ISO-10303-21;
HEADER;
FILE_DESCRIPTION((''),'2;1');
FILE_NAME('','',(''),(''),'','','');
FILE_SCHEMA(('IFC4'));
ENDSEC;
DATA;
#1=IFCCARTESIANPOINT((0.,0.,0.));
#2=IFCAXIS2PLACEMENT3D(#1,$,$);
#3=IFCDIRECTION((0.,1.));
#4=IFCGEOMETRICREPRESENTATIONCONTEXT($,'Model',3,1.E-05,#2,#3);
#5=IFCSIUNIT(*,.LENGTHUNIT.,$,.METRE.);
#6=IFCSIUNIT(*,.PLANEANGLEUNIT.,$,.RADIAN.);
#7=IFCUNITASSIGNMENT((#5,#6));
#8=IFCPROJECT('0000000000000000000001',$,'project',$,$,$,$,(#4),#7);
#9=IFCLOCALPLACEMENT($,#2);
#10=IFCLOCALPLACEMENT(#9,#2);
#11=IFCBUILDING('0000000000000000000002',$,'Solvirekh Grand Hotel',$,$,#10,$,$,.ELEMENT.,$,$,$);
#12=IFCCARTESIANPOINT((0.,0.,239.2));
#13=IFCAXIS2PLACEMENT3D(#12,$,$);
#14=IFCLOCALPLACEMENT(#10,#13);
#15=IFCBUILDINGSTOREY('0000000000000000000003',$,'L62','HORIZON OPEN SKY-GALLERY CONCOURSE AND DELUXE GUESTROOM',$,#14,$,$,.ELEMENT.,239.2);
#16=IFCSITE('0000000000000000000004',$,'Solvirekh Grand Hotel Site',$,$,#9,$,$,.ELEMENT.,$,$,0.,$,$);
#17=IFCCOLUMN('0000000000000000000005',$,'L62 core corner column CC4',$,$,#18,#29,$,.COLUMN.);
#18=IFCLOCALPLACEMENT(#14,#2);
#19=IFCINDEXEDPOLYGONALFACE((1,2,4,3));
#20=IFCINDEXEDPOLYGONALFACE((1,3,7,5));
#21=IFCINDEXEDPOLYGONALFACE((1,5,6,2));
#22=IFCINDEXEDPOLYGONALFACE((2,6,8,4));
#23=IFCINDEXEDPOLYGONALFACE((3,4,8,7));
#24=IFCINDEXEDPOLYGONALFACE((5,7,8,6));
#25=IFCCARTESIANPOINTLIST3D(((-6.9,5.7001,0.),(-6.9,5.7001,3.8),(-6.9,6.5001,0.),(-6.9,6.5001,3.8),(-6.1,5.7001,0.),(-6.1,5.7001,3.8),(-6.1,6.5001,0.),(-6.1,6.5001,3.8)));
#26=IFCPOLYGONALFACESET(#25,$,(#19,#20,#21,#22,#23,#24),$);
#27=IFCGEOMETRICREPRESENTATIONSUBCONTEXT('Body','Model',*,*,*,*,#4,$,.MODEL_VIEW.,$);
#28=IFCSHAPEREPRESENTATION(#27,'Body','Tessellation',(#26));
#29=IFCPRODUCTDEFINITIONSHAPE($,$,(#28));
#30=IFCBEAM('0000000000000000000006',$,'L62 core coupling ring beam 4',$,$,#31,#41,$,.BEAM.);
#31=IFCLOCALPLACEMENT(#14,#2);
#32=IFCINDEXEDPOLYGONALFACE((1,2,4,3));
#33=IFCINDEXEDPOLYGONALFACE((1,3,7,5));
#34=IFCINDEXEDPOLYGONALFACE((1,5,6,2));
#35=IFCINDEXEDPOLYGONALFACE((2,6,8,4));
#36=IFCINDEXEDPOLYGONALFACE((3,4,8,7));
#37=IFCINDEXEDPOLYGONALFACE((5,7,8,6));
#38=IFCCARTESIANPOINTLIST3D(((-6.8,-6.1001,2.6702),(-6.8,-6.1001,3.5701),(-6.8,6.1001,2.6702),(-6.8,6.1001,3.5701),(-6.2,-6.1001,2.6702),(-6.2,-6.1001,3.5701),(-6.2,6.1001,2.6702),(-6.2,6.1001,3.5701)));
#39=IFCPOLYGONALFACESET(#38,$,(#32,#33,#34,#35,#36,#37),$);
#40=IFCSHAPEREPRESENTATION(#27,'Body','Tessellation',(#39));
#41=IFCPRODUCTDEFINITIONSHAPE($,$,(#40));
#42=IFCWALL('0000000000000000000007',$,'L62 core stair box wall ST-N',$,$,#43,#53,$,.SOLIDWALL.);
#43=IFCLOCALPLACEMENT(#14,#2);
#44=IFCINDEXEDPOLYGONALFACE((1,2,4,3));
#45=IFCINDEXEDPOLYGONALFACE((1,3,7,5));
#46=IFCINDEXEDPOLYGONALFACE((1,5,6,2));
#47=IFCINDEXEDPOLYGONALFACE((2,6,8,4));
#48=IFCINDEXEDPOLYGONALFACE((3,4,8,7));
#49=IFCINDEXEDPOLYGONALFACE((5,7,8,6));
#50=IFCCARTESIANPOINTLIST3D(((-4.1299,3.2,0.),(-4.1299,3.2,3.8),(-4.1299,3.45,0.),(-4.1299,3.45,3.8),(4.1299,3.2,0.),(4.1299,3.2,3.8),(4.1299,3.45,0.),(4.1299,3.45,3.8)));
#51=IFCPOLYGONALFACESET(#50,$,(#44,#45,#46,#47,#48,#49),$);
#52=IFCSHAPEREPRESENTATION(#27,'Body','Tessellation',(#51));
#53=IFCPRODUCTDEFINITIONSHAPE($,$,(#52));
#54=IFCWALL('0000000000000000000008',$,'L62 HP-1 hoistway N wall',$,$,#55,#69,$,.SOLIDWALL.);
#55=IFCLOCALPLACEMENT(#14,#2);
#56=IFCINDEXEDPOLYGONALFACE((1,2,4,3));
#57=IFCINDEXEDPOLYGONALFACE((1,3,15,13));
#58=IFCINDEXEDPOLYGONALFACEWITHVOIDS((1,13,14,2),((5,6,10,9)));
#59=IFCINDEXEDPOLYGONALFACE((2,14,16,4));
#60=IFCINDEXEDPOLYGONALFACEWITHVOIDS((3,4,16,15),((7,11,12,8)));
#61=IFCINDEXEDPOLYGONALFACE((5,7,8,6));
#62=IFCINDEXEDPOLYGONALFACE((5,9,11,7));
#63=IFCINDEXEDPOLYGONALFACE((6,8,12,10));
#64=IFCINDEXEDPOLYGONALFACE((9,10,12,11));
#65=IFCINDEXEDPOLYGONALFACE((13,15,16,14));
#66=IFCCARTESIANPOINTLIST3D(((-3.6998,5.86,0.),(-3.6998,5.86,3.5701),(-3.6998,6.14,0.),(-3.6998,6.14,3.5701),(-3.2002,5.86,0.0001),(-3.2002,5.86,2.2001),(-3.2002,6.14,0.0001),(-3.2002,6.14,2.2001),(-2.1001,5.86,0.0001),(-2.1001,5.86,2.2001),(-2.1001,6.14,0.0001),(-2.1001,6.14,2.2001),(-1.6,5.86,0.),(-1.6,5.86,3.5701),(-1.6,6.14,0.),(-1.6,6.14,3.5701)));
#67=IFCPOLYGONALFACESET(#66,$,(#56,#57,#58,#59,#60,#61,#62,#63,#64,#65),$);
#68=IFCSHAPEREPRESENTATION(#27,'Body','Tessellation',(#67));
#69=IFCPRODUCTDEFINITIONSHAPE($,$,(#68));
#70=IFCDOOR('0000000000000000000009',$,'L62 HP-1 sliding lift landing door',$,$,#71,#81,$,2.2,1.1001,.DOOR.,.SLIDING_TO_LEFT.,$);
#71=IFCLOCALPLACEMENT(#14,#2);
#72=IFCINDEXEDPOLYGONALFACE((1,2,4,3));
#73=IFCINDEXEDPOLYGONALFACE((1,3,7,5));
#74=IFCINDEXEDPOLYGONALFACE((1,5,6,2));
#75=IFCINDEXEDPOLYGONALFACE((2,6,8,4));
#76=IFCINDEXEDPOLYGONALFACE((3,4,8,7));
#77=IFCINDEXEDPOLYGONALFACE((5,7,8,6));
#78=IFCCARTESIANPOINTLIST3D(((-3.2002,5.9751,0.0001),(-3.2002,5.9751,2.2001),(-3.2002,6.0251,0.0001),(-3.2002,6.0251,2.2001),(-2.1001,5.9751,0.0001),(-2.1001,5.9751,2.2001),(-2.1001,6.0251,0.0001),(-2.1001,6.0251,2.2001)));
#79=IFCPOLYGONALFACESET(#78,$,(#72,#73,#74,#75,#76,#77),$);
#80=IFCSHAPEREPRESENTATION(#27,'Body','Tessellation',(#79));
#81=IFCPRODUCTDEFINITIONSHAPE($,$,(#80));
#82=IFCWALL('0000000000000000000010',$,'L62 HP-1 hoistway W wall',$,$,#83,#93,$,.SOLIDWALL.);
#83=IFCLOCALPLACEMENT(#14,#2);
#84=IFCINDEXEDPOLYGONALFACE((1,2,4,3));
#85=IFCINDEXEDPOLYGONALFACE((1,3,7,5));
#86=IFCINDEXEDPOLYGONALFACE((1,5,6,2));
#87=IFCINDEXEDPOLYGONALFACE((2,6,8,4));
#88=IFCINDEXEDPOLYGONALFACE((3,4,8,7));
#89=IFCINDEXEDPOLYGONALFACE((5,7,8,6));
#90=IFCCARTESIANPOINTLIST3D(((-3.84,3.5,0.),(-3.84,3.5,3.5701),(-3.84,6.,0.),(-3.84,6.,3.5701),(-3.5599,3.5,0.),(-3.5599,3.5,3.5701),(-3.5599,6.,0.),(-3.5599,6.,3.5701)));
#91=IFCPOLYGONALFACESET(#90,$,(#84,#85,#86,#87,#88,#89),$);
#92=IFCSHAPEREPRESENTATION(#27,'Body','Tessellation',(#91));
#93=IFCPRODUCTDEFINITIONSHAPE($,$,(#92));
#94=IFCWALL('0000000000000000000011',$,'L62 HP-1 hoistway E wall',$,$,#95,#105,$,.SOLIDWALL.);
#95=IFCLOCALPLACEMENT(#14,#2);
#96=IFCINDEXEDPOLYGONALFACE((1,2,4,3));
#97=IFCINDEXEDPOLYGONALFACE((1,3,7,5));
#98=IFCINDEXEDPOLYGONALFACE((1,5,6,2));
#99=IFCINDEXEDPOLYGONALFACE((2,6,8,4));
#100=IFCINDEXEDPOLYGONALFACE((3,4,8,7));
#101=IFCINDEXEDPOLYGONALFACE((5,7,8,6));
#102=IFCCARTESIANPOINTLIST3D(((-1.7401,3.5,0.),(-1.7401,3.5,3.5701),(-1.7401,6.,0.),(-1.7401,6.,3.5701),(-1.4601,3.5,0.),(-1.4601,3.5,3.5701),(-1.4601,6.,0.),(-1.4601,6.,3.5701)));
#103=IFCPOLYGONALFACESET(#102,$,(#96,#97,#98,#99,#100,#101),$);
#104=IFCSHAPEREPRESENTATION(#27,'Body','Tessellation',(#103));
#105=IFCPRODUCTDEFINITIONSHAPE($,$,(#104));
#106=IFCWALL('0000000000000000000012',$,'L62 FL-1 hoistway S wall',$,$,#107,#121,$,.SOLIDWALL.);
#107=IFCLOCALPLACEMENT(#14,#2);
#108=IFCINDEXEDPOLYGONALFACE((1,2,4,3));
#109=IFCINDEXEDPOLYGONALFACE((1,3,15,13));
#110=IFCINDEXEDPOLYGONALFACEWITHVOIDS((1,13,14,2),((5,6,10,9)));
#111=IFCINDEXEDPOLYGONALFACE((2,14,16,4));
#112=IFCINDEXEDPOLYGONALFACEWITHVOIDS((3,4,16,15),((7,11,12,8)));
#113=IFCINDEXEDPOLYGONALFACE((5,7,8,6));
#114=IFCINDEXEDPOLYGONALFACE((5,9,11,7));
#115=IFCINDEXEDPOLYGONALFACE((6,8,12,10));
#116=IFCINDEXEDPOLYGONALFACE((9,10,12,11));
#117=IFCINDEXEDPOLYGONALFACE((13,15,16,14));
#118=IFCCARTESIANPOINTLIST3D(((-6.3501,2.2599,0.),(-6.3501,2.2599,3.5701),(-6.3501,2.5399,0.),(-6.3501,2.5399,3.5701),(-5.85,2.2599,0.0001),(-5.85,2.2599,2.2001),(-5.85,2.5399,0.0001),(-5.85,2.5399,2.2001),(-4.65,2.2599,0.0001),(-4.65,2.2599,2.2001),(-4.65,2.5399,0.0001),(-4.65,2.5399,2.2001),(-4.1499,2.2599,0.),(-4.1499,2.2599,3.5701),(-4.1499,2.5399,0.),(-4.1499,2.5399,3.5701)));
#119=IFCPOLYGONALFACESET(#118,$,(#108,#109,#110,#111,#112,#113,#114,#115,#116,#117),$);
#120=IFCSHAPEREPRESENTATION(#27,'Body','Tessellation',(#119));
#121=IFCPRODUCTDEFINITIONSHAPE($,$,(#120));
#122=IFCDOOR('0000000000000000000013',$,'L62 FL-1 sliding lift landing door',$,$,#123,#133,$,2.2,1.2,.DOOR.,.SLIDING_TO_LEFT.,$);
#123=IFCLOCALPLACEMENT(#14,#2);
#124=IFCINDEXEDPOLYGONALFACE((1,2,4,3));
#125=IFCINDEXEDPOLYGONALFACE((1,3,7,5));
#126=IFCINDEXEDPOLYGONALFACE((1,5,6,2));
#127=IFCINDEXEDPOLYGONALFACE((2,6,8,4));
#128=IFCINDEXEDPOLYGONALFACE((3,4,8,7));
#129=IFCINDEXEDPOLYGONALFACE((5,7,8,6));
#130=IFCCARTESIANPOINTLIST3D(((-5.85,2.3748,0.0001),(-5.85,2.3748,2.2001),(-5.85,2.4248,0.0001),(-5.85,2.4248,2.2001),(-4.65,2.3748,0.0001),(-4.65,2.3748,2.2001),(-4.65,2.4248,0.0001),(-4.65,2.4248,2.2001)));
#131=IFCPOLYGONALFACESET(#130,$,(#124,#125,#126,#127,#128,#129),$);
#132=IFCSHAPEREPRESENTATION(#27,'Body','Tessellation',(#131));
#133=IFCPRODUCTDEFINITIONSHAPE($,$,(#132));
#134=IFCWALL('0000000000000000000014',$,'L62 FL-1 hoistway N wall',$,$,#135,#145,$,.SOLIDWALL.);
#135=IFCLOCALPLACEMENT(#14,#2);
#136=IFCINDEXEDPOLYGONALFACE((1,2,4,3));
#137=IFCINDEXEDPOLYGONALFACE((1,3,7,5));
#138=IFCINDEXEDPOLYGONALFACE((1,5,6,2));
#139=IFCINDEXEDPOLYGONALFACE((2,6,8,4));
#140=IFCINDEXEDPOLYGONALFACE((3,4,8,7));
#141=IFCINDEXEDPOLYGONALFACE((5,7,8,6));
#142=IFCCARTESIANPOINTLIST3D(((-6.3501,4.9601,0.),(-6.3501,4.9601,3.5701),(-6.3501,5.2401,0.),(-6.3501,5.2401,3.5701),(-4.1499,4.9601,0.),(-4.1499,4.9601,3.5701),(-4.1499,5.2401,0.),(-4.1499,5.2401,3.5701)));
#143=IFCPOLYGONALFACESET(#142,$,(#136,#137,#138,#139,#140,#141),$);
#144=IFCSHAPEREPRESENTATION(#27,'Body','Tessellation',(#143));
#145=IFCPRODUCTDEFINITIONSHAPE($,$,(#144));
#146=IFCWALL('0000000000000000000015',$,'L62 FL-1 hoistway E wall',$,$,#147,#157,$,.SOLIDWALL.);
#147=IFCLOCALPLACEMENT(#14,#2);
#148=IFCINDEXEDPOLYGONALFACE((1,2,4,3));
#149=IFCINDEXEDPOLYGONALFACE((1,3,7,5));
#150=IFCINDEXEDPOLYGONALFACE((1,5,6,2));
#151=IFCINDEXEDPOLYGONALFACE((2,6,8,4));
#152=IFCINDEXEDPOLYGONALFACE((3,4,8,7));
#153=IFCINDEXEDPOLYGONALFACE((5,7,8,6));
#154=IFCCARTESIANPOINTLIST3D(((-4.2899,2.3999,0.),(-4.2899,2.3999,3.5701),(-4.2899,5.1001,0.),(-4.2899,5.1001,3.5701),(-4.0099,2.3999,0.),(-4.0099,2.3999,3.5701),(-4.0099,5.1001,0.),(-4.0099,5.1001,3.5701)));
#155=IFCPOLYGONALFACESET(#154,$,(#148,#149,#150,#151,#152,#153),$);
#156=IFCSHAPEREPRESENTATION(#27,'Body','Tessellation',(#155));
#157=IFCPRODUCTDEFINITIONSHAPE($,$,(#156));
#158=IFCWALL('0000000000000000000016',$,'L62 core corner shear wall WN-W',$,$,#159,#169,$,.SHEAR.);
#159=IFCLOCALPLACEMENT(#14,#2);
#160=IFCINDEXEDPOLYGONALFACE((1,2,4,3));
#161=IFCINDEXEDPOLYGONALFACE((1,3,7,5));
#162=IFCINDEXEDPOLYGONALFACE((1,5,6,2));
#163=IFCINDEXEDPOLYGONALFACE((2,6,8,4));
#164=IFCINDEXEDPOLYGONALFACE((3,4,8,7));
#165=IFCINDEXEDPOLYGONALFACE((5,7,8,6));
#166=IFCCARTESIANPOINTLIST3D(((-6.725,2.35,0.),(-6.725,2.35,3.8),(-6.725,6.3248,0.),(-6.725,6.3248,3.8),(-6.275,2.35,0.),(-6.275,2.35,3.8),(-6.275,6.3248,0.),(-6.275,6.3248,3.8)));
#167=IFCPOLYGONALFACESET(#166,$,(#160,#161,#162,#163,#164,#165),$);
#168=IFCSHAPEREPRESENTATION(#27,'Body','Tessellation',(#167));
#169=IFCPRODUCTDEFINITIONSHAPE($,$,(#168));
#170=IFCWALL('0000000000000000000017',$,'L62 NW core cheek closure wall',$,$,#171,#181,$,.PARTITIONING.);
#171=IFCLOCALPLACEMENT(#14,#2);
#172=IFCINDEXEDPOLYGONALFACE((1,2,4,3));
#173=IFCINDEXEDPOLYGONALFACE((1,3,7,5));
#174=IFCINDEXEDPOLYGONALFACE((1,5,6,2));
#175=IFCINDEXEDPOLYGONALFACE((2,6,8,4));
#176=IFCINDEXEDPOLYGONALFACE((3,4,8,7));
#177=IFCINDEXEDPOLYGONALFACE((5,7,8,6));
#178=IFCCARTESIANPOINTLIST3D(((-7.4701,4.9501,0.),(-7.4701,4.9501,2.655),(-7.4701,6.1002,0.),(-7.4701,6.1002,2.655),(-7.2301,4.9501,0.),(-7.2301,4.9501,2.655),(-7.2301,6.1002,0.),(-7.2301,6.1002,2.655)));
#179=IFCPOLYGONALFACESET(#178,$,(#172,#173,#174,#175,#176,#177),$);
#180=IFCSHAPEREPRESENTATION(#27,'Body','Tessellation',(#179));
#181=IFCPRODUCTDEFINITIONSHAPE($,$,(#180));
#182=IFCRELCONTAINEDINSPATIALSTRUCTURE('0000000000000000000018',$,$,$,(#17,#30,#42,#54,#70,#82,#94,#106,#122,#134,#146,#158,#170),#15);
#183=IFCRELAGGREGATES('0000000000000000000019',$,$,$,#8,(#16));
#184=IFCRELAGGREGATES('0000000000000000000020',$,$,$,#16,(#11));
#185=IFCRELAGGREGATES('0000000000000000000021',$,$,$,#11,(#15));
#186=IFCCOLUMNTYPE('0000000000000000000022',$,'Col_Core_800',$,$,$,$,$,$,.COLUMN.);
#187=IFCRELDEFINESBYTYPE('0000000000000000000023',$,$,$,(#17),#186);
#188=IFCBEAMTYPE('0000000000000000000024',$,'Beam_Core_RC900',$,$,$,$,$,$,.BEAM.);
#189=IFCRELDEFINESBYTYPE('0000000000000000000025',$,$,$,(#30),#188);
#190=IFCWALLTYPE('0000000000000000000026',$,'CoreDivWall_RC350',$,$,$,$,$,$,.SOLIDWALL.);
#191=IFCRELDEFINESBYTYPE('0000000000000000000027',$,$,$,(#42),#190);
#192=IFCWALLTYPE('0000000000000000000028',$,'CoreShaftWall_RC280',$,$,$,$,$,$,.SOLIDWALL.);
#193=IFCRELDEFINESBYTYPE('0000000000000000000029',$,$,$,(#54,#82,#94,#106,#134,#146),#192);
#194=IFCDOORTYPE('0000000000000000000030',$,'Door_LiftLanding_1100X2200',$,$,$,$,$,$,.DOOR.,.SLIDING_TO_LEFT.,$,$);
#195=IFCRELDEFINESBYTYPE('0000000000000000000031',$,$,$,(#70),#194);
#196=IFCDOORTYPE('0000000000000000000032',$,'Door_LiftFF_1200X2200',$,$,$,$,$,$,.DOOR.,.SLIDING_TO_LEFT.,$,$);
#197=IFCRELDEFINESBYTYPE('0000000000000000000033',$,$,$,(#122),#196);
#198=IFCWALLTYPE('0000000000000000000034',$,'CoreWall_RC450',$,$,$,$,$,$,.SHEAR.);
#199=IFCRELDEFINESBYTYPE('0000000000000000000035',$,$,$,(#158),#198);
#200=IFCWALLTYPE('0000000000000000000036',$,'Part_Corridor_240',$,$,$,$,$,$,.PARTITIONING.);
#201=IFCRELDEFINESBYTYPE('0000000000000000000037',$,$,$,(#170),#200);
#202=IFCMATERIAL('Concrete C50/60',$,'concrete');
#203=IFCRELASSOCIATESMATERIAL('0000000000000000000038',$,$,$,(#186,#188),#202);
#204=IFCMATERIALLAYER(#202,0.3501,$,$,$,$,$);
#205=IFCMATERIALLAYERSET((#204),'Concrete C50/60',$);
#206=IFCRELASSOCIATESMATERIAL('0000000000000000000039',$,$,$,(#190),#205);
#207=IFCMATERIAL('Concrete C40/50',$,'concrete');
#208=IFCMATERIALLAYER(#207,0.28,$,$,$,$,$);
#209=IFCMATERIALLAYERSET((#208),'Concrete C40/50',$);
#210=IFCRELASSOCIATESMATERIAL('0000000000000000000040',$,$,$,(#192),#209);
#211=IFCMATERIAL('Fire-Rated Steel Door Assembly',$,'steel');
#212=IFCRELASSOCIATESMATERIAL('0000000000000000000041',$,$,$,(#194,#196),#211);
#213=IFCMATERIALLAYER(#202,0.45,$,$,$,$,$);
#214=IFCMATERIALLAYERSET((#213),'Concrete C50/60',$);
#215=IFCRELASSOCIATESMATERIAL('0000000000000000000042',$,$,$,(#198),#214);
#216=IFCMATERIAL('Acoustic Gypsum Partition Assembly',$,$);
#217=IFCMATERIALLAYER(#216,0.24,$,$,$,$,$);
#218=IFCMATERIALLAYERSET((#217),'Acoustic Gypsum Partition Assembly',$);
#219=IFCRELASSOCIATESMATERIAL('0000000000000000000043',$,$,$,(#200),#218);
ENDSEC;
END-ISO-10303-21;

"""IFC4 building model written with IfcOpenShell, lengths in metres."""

from ifc_helpers import new_model, si_unit, direction, frame, frame_2d, origin, origin_2d, place, context, subcontext, project, spatial, rectangle, extrude, material, layer, layer_set, material_profile, profile_set, type_object, element, fill, save


model = new_model("IFC4")

# Units and contexts
model_context = context("Model", 3, precision=1e-05, world=origin(), true_north=direction((0.0, 1.0)))
body_context = subcontext(model_context, "Body", "Model", "MODEL_VIEW")
ifc_project = project(units=[si_unit("LENGTHUNIT", "METRE"), si_unit("PLANEANGLEUNIT", "RADIAN")], contexts=[model_context])

# Site, building, storey
site_placement = place(None, origin())
site = spatial("IfcSite", under=ifc_project, at=site_placement, Name="Solvirekh Grand Hotel Site", CompositionType="ELEMENT", RefElevation=0.0)
building_placement = place(site_placement, origin())
building = spatial("IfcBuilding", under=site, at=building_placement, Name="Solvirekh Grand Hotel", CompositionType="ELEMENT")
storey_placement = place(building_placement, frame((0.0, 0.0, 239.2)))
storey = spatial("IfcBuildingStorey", under=building, at=storey_placement, Name="L62", Description="HORIZON OPEN SKY-GALLERY CONCOURSE AND DELUXE GUESTROOM", CompositionType="ELEMENT", Elevation=239.2)

# Column
ifc_material_1 = material(Name="Concrete C50/60", Category="concrete")
ifc_material_profile_1 = material_profile(ifc_material_1, rectangle(XDim=0.8, YDim=0.8, at=origin_2d()), Name="RC 800X800")
ifc_profile_set_1 = profile_set([ifc_material_profile_1], Name="Concrete C50/60")
column_type = type_object("IfcColumnType", Name="Col_Core_800", PredefinedType="COLUMN", material=ifc_profile_set_1)
column_placement = place(storey_placement, frame((-6.5, 6.1001, 0.0), z_axis=(0.0, 0.0, 1.0), x_axis=(1.0, 0.0, 0.0)))
element("IfcColumn", 1, at=column_placement, inside=storey, type_object=column_type, Name="L62 core corner column CC4", PredefinedType="COLUMN", context=body_context, shape_type="SweptSolid", body=[
    extrude(rectangle(XDim=0.8, YDim=0.8, at=origin_2d()), origin(), (0.0, 0.0, 1.0), 3.8),
])

# Beam
ifc_material_profile_2 = material_profile(ifc_material_1, rectangle(XDim=0.6001, YDim=0.8999, at=origin_2d()), Name="RC BEAM 600X900")
ifc_profile_set_2 = profile_set([ifc_material_profile_2], Name="Concrete C50/60")
beam_type = type_object("IfcBeamType", Name="Beam_Core_RC900", PredefinedType="BEAM", material=ifc_profile_set_2)
beam_placement = place(storey_placement, frame((-6.5, 6.1001, 3.1201), z_axis=(0.0, -1.0, 0.0), x_axis=(1.0, 0.0, 0.0)))
element("IfcBeam", 2, at=beam_placement, inside=storey, type_object=beam_type, Name="L62 core coupling ring beam 4", PredefinedType="BEAM", context=body_context, shape_type="SweptSolid", body=[
    extrude(rectangle(XDim=0.6001, YDim=0.8999, at=origin_2d()), origin(), (0.0, 0.0, 1.0), 12.2002),
])

# Wall
ifc_layer_1 = layer(ifc_material_1, 0.3501)
ifc_layer_set_1 = layer_set([ifc_layer_1], Name="Concrete C50/60")
wall_type_1 = type_object("IfcWallType", Name="CoreDivWall_RC350", PredefinedType="SOLIDWALL", material=ifc_layer_set_1)
wall_1_placement = place(storey_placement, frame((-4.1299, 3.325, 0.0), z_axis=(0.0, 0.0, 1.0), x_axis=(1.0, 0.0, 0.0)))
element("IfcWall", 3, at=wall_1_placement, inside=storey, type_object=wall_type_1, Name="L62 core stair box wall ST-N", PredefinedType="SOLIDWALL", context=body_context, shape_type="SweptSolid", body=[
    extrude(rectangle(XDim=8.2598, YDim=0.25, at=frame_2d((4.1299, 0.0))), origin(), (0.0, 0.0, 1.0), 3.8),
])

# Wall, opening, door
ifc_material_2 = material(Name="Concrete C40/50", Category="concrete")
ifc_layer_2 = layer(ifc_material_2, 0.28)
ifc_layer_set_2 = layer_set([ifc_layer_2], Name="Concrete C40/50")
wall_type_2 = type_object("IfcWallType", Name="CoreShaftWall_RC280", PredefinedType="SOLIDWALL", material=ifc_layer_set_2)
wall_2_placement = place(storey_placement, frame((-1.6001, 6.0, 0.0), z_axis=(0.0, 0.0, 1.0), x_axis=(-1.0, 0.0, 0.0)))
wall_2 = element("IfcWall", 4, at=wall_2_placement, inside=storey, type_object=wall_type_2, Name="L62 HP-1 hoistway N wall", PredefinedType="SOLIDWALL", context=body_context, shape_type="SweptSolid", body=[
    extrude(rectangle(XDim=2.0999, YDim=0.28, at=frame_2d((1.0498, 0.0))), origin(), (0.0, 0.0, 1.0), 3.5701),
])
opening_1_placement = place(wall_2_placement, frame((0.5, 0.0, 0.0)))
opening_1 = element("IfcOpeningElement", 5, at=opening_1_placement, cuts=wall_2, PredefinedType="OPENING", context=body_context, shape_type="SweptSolid", body=[
    extrude(rectangle(XDim=1.1001, YDim=2.2, at=frame_2d((0.55, 1.1001))), frame((0.0, 0.1499, 0.0), z_axis=(0.0, -1.0, 0.0), x_axis=(1.0, 0.0, 0.0)), (0.0, 0.0, 1.0), 0.3),
])
ifc_material_3 = material(Name="Fire-Rated Steel Door Assembly", Category="steel")
door_type_1 = type_object("IfcDoorType", Name="Door_LiftLanding_1100X2200", OperationType="SLIDING_TO_LEFT", PredefinedType="DOOR", material=ifc_material_3)
door_1_placement = place(opening_1_placement, origin())
door_1 = element("IfcDoor", 6, at=door_1_placement, inside=storey, type_object=door_type_1, Name="L62 HP-1 sliding lift landing door", OperationType="SLIDING_TO_LEFT", OverallHeight=2.2, OverallWidth=1.1001, PredefinedType="DOOR", context=body_context, shape_type="SweptSolid", body=[
    extrude(rectangle(XDim=1.1001, YDim=2.2, at=frame_2d((0.55, 1.1001))), frame((0.0, 0.0249, 0.0), z_axis=(0.0, -1.0, 0.0), x_axis=(1.0, 0.0, 0.0)), (0.0, 0.0, 1.0), 0.05),
])
fill(opening_1, door_1)

# Walls
for number, where, z_axis, x_axis, name in (
    (7, (-3.7, 6.0, 0.0), (0.0, 0.0, 1.0), (0.0, -1.0, 0.0), "L62 HP-1 hoistway W wall"),
    (8, (-1.6001, 3.5, 0.0), (0.0, 0.0, 1.0), (0.0, 1.0, 0.0), "L62 HP-1 hoistway E wall"),
):
    element("IfcWall", number, at=place(storey_placement, frame(where, z_axis=z_axis, x_axis=x_axis)), inside=storey, type_object=wall_type_2, Name=name, PredefinedType="SOLIDWALL", context=body_context, shape_type="SweptSolid", body=[
        extrude(rectangle(XDim=2.5, YDim=0.28, at=frame_2d((1.25, 0.0))), origin(), (0.0, 0.0, 1.0), 3.5701),
    ])

# Wall, opening, door
wall_3_placement = place(storey_placement, frame((-6.3501, 2.3999, 0.0), z_axis=(0.0, 0.0, 1.0), x_axis=(1.0, 0.0, 0.0)))
wall_3 = element("IfcWall", 9, at=wall_3_placement, inside=storey, type_object=wall_type_2, Name="L62 FL-1 hoistway S wall", PredefinedType="SOLIDWALL", context=body_context, shape_type="SweptSolid", body=[
    extrude(rectangle(XDim=2.2002, YDim=0.28, at=frame_2d((1.1001, 0.0))), origin(), (0.0, 0.0, 1.0), 3.5701),
])
opening_2_placement = place(wall_3_placement, frame((0.5, 0.0, 0.0)))
opening_2 = element("IfcOpeningElement", 10, at=opening_2_placement, cuts=wall_3, PredefinedType="OPENING", context=body_context, shape_type="SweptSolid", body=[
    extrude(rectangle(XDim=1.2, YDim=2.2, at=frame_2d((0.6001, 1.1001))), frame((0.0, 0.1499, 0.0), z_axis=(0.0, -1.0, 0.0), x_axis=(1.0, 0.0, 0.0)), (0.0, 0.0, 1.0), 0.3),
])
door_type_2 = type_object("IfcDoorType", Name="Door_LiftFF_1200X2200", OperationType="SLIDING_TO_LEFT", PredefinedType="DOOR", material=ifc_material_3)
door_2_placement = place(opening_2_placement, origin())
door_2 = element("IfcDoor", 11, at=door_2_placement, inside=storey, type_object=door_type_2, Name="L62 FL-1 sliding lift landing door", OperationType="SLIDING_TO_LEFT", OverallHeight=2.2, OverallWidth=1.2, PredefinedType="DOOR", context=body_context, shape_type="SweptSolid", body=[
    extrude(rectangle(XDim=1.2, YDim=2.2, at=frame_2d((0.6001, 1.1001))), frame((0.0, 0.0249, 0.0), z_axis=(0.0, -1.0, 0.0), x_axis=(1.0, 0.0, 0.0)), (0.0, 0.0, 1.0), 0.05),
])
fill(opening_2, door_2)

# Walls
wall_4_placement = place(storey_placement, frame((-4.1499, 5.1001, 0.0), z_axis=(0.0, 0.0, 1.0), x_axis=(-1.0, 0.0, 0.0)))
element("IfcWall", 12, at=wall_4_placement, inside=storey, type_object=wall_type_2, Name="L62 FL-1 hoistway N wall", PredefinedType="SOLIDWALL", context=body_context, shape_type="SweptSolid", body=[
    extrude(rectangle(XDim=2.2002, YDim=0.28, at=frame_2d((1.1001, 0.0))), origin(), (0.0, 0.0, 1.0), 3.5701),
])
wall_5_placement = place(storey_placement, frame((-4.1499, 2.3999, 0.0), z_axis=(0.0, 0.0, 1.0), x_axis=(0.0, 1.0, 0.0)))
element("IfcWall", 13, at=wall_5_placement, inside=storey, type_object=wall_type_2, Name="L62 FL-1 hoistway E wall", PredefinedType="SOLIDWALL", context=body_context, shape_type="SweptSolid", body=[
    extrude(rectangle(XDim=2.7002, YDim=0.28, at=frame_2d((1.3501, 0.0))), origin(), (0.0, 0.0, 1.0), 3.5701),
])
ifc_layer_3 = layer(ifc_material_1, 0.45)
ifc_layer_set_3 = layer_set([ifc_layer_3], Name="Concrete C50/60")
wall_type_3 = type_object("IfcWallType", Name="CoreWall_RC450", PredefinedType="SHEAR", material=ifc_layer_set_3)
wall_6_placement = place(storey_placement, frame((-6.5, 2.3501, 0.0), z_axis=(0.0, 0.0, 1.0), x_axis=(0.0, 1.0, 0.0)))
element("IfcWall", 14, at=wall_6_placement, inside=storey, type_object=wall_type_3, Name="L62 core corner shear wall WN-W", PredefinedType="SHEAR", context=body_context, shape_type="SweptSolid", body=[
    extrude(rectangle(XDim=3.9749, YDim=0.45, at=frame_2d((1.9873, 0.0))), origin(), (0.0, 0.0, 1.0), 3.8),
])
ifc_material_4 = material(Name="Acoustic Gypsum Partition Assembly")
ifc_layer_4 = layer(ifc_material_4, 0.24)
ifc_layer_set_4 = layer_set([ifc_layer_4], Name="Acoustic Gypsum Partition Assembly")
wall_type_4 = type_object("IfcWallType", Name="Part_Corridor_240", PredefinedType="PARTITIONING", material=ifc_layer_set_4)
wall_7_placement = place(storey_placement, frame((-7.3501, 4.95, 0.0), z_axis=(0.0, 0.0, 1.0), x_axis=(0.0, 1.0, 0.0)))
element("IfcWall", 15, at=wall_7_placement, inside=storey, type_object=wall_type_4, Name="L62 NW core cheek closure wall", PredefinedType="PARTITIONING", context=body_context, shape_type="SweptSolid", body=[
    extrude(rectangle(XDim=1.1501, YDim=0.24, at=frame_2d((0.5752, 0.0))), origin(), (0.0, 0.0, 1.0), 2.655),
])

save(model, "model.ifc")
